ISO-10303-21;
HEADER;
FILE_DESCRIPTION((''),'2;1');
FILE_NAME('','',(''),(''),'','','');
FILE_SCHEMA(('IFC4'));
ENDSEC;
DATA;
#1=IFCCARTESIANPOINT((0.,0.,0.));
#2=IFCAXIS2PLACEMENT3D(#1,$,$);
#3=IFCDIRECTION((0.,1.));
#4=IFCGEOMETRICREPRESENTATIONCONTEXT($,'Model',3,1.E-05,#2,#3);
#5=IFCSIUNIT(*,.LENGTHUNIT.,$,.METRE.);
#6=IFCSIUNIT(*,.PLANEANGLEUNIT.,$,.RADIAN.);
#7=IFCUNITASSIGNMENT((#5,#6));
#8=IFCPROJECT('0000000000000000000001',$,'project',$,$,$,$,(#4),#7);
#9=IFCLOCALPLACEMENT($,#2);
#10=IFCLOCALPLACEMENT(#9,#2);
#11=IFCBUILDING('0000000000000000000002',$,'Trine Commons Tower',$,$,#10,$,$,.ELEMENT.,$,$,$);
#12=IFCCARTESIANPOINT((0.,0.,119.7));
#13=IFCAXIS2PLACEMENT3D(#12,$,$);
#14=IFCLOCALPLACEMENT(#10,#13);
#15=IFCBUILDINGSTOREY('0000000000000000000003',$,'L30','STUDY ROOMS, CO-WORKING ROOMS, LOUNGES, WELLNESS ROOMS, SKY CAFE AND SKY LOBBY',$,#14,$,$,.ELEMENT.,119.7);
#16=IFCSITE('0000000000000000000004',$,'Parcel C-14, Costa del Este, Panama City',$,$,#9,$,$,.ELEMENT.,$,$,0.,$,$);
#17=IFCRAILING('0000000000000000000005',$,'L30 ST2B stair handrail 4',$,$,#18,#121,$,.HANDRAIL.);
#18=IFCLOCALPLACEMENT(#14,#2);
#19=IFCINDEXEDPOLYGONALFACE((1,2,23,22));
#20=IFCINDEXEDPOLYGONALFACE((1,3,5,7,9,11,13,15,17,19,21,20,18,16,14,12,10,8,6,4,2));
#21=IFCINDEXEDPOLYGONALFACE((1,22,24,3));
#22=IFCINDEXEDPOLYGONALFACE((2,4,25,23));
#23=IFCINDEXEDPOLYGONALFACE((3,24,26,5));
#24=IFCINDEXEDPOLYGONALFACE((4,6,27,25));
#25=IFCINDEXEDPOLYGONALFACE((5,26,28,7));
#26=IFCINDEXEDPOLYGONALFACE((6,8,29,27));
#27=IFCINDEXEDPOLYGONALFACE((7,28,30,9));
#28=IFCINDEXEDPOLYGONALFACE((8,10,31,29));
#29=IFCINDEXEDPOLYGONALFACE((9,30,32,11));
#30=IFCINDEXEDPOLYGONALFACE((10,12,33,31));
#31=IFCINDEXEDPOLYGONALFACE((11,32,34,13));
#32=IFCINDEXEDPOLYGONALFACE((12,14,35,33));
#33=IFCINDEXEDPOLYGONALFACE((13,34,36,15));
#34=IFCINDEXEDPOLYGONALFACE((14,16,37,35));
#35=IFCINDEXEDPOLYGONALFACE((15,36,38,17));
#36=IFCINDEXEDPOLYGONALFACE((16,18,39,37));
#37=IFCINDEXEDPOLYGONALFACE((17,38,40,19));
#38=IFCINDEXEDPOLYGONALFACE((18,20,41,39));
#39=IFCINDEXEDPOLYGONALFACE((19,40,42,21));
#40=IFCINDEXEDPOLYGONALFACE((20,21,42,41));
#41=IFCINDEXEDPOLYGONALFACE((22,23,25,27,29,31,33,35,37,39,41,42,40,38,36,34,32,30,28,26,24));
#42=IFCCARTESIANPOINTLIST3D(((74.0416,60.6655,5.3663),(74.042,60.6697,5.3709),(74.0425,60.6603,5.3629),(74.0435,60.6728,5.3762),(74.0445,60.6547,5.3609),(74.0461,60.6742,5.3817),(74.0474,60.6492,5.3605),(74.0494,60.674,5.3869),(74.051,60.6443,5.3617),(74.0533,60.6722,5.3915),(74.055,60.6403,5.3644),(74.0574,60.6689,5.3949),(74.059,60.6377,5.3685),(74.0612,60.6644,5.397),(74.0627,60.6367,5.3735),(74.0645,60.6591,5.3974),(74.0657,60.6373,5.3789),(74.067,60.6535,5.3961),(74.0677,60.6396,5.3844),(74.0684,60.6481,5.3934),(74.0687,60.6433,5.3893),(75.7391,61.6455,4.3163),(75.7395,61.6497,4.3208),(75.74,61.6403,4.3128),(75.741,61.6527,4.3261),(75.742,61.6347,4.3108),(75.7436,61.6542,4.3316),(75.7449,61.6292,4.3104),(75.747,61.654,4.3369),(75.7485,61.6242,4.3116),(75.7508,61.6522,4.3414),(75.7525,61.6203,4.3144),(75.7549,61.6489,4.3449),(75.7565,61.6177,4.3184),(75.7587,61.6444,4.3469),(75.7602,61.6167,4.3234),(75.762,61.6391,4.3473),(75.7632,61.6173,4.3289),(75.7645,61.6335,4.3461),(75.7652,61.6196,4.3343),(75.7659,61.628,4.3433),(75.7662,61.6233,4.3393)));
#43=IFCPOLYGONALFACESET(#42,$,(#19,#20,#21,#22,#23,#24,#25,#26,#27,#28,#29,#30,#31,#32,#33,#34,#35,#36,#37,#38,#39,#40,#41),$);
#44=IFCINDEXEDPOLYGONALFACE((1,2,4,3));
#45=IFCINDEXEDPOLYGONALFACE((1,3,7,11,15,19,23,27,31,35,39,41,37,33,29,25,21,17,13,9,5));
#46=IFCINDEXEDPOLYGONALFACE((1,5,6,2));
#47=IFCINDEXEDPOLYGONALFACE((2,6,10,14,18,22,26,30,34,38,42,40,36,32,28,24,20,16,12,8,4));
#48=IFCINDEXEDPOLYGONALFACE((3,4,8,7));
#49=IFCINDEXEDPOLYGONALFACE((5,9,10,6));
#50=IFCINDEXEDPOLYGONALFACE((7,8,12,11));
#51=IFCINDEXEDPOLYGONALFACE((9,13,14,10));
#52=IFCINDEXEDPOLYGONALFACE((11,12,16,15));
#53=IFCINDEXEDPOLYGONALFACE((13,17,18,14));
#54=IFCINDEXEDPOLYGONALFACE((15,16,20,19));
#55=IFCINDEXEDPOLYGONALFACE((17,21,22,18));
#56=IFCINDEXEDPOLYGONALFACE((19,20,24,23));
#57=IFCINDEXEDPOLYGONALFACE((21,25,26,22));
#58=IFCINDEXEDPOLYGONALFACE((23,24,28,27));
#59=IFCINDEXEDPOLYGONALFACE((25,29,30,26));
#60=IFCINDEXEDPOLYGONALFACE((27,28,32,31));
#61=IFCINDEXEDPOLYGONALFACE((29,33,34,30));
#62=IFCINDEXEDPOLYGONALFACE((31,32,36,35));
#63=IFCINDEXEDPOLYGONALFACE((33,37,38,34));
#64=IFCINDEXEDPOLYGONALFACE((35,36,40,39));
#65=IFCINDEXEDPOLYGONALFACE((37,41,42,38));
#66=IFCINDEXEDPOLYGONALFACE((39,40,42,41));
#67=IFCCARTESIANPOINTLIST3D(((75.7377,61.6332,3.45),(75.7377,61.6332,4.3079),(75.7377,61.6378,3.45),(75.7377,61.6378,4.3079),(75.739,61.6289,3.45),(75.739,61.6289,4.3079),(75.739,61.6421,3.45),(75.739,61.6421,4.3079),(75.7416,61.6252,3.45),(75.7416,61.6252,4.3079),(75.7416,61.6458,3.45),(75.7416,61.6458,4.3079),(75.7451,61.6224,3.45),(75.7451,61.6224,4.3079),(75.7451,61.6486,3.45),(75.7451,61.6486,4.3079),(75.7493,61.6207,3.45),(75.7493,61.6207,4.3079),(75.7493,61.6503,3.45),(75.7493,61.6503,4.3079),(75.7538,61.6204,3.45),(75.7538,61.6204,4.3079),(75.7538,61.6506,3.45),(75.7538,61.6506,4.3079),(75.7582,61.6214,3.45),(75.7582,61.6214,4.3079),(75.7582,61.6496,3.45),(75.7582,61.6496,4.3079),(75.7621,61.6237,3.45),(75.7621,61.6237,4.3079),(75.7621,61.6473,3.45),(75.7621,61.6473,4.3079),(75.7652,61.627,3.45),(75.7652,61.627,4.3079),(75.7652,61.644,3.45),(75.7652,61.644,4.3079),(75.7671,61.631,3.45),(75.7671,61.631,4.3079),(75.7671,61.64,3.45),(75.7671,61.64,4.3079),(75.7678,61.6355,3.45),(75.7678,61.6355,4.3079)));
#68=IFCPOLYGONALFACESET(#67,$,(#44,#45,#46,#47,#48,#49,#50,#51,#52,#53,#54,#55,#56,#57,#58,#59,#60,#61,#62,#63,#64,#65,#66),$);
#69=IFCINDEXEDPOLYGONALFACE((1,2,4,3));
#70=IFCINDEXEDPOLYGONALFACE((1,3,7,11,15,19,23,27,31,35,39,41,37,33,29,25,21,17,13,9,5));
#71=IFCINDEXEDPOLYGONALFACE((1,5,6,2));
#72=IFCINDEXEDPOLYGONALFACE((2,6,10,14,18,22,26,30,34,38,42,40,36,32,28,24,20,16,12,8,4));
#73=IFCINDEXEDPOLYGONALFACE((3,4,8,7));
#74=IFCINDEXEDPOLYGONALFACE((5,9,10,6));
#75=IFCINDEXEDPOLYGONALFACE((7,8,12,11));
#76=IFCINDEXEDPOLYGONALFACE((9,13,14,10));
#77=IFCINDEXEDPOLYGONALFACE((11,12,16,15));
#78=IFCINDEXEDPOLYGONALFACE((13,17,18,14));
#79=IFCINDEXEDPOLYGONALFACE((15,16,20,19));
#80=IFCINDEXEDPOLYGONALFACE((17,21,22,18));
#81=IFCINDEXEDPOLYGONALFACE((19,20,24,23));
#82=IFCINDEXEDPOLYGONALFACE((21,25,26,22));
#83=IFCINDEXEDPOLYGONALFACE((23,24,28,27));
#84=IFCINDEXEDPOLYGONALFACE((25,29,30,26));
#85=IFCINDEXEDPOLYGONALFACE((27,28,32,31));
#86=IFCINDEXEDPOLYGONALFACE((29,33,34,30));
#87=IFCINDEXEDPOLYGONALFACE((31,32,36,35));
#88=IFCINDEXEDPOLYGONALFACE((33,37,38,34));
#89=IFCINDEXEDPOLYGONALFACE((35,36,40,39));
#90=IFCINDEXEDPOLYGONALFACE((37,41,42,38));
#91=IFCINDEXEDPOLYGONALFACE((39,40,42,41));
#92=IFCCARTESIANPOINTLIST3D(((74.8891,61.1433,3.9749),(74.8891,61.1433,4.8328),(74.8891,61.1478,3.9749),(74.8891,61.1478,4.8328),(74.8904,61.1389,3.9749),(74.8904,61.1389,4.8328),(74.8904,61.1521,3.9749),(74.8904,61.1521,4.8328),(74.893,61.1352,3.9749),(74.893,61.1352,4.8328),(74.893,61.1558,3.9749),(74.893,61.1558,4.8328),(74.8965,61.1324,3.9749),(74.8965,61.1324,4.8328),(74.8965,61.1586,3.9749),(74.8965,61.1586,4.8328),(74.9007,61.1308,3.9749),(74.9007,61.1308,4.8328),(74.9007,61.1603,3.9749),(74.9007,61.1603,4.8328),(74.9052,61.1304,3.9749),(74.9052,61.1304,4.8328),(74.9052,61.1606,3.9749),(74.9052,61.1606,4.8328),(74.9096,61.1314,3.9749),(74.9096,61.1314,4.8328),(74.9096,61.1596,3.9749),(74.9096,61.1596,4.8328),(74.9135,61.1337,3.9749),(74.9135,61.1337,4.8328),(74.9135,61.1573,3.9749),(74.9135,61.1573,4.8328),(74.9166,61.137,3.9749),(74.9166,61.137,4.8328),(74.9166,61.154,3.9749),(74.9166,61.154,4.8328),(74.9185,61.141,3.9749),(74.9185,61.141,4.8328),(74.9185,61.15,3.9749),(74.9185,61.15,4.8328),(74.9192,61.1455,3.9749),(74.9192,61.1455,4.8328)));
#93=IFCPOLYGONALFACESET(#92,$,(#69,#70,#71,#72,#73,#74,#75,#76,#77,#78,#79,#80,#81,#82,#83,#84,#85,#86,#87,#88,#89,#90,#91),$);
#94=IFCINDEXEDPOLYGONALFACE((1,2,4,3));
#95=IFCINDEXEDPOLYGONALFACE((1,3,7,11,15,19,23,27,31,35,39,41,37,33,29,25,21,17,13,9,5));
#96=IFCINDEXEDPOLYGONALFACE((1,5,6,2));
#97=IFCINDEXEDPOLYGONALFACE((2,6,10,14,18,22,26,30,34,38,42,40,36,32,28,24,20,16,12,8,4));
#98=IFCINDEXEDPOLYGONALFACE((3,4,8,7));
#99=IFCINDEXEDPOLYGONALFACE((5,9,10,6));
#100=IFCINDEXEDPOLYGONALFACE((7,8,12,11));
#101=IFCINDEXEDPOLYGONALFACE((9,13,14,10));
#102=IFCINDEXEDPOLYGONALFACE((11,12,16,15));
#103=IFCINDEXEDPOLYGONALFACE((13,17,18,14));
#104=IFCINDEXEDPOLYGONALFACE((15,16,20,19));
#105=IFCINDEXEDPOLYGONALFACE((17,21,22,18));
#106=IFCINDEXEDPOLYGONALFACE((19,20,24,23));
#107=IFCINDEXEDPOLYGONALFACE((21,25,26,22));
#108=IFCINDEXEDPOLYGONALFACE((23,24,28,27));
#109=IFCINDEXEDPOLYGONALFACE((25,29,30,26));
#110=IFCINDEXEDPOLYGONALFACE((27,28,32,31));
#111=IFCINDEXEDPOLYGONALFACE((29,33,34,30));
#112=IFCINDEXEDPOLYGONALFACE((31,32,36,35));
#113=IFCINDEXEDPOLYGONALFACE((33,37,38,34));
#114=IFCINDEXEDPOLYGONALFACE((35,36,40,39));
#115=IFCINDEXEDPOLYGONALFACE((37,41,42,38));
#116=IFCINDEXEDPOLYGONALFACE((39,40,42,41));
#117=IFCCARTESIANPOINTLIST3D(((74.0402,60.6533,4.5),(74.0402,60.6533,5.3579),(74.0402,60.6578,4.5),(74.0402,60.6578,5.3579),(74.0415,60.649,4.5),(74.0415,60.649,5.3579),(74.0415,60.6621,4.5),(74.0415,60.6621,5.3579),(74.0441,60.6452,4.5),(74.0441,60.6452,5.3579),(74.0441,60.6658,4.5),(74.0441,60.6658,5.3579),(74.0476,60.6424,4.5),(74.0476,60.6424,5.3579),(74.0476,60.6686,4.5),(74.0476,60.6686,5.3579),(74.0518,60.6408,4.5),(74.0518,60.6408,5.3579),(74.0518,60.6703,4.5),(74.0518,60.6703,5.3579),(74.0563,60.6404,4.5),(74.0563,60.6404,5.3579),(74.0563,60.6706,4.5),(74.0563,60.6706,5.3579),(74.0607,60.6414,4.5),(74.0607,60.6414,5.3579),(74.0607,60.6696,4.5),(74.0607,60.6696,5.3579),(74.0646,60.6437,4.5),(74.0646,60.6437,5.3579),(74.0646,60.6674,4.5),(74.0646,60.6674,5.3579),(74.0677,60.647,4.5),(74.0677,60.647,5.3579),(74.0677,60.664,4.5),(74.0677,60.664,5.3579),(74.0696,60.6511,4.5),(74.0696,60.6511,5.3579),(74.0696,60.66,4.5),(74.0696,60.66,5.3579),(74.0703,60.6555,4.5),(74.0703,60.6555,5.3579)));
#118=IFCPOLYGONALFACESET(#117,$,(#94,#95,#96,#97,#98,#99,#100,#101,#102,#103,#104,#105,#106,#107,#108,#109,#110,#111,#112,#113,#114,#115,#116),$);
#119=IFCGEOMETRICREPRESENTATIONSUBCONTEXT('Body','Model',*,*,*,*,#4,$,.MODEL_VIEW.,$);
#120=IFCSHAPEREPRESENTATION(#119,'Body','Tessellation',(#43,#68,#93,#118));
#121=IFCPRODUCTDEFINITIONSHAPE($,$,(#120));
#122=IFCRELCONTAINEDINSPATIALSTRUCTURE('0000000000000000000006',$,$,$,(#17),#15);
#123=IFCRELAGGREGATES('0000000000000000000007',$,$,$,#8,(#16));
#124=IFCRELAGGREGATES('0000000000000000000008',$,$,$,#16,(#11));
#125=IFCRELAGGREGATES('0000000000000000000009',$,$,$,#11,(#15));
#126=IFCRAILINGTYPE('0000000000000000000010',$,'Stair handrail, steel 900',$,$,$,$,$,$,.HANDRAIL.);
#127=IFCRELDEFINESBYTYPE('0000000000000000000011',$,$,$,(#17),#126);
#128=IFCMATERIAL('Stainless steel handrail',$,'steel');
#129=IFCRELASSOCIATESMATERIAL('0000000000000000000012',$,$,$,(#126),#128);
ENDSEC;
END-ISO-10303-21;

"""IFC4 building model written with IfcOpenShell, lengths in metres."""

from ifc_helpers import new_model, si_unit, direction, frame, origin, origin_2d, place, context, subcontext, project, spatial, circle, extrude, material, type_object, element, save


model = new_model("IFC4")

# Units and contexts
model_context = context("Model", 3, precision=1e-05, world=origin(), true_north=direction((0.0, 1.0)))
body_context = subcontext(model_context, "Body", "Model", "MODEL_VIEW")
ifc_project = project(units=[si_unit("LENGTHUNIT", "METRE"), si_unit("PLANEANGLEUNIT", "RADIAN")], contexts=[model_context])

# Site, building, storey
site_placement = place(None, origin())
site = spatial("IfcSite", under=ifc_project, at=site_placement, Name="Parcel C-14, Costa del Este, Panama City", CompositionType="ELEMENT", RefElevation=0.0)
building_placement = place(site_placement, origin())
building = spatial("IfcBuilding", under=site, at=building_placement, Name="Trine Commons Tower", CompositionType="ELEMENT")
storey_placement = place(building_placement, frame((0.0, 0.0, 119.7)))
storey = spatial("IfcBuildingStorey", under=building, at=storey_placement, Name="L30", Description="STUDY ROOMS, CO-WORKING ROOMS, LOUNGES, WELLNESS ROOMS, SKY CAFE AND SKY LOBBY", CompositionType="ELEMENT", Elevation=119.7)

# Railing
ifc_material_1 = material(Name="Stainless steel handrail", Category="steel")
railing_type_1 = type_object("IfcRailingType", Name="Stair handrail, steel 900", PredefinedType="HANDRAIL", material=ifc_material_1)
railing_1_placement = place(storey_placement, frame((75.7527, 61.6355, 3.45)))
element("IfcRailing", 1, at=railing_1_placement, inside=storey, type_object=railing_type_1, Name="L30 ST2B stair handrail 4", PredefinedType="HANDRAIL", context=body_context, shape_type="SweptSolid", body=[
    extrude(circle(Radius=0.021, at=origin_2d()), frame((0.0, 0.0, 0.8789), z_axis=(-0.763398, -0.440713, 0.472224), x_axis=(0.49997, -0.866042, 0.0)), (0.0, 0.0, 1.0), 2.2236),
    extrude(circle(Radius=0.0151, at=origin_2d()), origin(), (0.0, 0.0, 1.0), 0.8579),
    extrude(circle(Radius=0.0151, at=origin_2d()), frame((-0.8486, -0.49, 0.5249)), (0.0, 0.0, 1.0), 0.8579),
    extrude(circle(Radius=0.0151, at=origin_2d()), frame((-1.6975, -0.98, 1.05)), (0.0, 0.0, 1.0), 0.8579),
])

save(model, "model.ifc")
